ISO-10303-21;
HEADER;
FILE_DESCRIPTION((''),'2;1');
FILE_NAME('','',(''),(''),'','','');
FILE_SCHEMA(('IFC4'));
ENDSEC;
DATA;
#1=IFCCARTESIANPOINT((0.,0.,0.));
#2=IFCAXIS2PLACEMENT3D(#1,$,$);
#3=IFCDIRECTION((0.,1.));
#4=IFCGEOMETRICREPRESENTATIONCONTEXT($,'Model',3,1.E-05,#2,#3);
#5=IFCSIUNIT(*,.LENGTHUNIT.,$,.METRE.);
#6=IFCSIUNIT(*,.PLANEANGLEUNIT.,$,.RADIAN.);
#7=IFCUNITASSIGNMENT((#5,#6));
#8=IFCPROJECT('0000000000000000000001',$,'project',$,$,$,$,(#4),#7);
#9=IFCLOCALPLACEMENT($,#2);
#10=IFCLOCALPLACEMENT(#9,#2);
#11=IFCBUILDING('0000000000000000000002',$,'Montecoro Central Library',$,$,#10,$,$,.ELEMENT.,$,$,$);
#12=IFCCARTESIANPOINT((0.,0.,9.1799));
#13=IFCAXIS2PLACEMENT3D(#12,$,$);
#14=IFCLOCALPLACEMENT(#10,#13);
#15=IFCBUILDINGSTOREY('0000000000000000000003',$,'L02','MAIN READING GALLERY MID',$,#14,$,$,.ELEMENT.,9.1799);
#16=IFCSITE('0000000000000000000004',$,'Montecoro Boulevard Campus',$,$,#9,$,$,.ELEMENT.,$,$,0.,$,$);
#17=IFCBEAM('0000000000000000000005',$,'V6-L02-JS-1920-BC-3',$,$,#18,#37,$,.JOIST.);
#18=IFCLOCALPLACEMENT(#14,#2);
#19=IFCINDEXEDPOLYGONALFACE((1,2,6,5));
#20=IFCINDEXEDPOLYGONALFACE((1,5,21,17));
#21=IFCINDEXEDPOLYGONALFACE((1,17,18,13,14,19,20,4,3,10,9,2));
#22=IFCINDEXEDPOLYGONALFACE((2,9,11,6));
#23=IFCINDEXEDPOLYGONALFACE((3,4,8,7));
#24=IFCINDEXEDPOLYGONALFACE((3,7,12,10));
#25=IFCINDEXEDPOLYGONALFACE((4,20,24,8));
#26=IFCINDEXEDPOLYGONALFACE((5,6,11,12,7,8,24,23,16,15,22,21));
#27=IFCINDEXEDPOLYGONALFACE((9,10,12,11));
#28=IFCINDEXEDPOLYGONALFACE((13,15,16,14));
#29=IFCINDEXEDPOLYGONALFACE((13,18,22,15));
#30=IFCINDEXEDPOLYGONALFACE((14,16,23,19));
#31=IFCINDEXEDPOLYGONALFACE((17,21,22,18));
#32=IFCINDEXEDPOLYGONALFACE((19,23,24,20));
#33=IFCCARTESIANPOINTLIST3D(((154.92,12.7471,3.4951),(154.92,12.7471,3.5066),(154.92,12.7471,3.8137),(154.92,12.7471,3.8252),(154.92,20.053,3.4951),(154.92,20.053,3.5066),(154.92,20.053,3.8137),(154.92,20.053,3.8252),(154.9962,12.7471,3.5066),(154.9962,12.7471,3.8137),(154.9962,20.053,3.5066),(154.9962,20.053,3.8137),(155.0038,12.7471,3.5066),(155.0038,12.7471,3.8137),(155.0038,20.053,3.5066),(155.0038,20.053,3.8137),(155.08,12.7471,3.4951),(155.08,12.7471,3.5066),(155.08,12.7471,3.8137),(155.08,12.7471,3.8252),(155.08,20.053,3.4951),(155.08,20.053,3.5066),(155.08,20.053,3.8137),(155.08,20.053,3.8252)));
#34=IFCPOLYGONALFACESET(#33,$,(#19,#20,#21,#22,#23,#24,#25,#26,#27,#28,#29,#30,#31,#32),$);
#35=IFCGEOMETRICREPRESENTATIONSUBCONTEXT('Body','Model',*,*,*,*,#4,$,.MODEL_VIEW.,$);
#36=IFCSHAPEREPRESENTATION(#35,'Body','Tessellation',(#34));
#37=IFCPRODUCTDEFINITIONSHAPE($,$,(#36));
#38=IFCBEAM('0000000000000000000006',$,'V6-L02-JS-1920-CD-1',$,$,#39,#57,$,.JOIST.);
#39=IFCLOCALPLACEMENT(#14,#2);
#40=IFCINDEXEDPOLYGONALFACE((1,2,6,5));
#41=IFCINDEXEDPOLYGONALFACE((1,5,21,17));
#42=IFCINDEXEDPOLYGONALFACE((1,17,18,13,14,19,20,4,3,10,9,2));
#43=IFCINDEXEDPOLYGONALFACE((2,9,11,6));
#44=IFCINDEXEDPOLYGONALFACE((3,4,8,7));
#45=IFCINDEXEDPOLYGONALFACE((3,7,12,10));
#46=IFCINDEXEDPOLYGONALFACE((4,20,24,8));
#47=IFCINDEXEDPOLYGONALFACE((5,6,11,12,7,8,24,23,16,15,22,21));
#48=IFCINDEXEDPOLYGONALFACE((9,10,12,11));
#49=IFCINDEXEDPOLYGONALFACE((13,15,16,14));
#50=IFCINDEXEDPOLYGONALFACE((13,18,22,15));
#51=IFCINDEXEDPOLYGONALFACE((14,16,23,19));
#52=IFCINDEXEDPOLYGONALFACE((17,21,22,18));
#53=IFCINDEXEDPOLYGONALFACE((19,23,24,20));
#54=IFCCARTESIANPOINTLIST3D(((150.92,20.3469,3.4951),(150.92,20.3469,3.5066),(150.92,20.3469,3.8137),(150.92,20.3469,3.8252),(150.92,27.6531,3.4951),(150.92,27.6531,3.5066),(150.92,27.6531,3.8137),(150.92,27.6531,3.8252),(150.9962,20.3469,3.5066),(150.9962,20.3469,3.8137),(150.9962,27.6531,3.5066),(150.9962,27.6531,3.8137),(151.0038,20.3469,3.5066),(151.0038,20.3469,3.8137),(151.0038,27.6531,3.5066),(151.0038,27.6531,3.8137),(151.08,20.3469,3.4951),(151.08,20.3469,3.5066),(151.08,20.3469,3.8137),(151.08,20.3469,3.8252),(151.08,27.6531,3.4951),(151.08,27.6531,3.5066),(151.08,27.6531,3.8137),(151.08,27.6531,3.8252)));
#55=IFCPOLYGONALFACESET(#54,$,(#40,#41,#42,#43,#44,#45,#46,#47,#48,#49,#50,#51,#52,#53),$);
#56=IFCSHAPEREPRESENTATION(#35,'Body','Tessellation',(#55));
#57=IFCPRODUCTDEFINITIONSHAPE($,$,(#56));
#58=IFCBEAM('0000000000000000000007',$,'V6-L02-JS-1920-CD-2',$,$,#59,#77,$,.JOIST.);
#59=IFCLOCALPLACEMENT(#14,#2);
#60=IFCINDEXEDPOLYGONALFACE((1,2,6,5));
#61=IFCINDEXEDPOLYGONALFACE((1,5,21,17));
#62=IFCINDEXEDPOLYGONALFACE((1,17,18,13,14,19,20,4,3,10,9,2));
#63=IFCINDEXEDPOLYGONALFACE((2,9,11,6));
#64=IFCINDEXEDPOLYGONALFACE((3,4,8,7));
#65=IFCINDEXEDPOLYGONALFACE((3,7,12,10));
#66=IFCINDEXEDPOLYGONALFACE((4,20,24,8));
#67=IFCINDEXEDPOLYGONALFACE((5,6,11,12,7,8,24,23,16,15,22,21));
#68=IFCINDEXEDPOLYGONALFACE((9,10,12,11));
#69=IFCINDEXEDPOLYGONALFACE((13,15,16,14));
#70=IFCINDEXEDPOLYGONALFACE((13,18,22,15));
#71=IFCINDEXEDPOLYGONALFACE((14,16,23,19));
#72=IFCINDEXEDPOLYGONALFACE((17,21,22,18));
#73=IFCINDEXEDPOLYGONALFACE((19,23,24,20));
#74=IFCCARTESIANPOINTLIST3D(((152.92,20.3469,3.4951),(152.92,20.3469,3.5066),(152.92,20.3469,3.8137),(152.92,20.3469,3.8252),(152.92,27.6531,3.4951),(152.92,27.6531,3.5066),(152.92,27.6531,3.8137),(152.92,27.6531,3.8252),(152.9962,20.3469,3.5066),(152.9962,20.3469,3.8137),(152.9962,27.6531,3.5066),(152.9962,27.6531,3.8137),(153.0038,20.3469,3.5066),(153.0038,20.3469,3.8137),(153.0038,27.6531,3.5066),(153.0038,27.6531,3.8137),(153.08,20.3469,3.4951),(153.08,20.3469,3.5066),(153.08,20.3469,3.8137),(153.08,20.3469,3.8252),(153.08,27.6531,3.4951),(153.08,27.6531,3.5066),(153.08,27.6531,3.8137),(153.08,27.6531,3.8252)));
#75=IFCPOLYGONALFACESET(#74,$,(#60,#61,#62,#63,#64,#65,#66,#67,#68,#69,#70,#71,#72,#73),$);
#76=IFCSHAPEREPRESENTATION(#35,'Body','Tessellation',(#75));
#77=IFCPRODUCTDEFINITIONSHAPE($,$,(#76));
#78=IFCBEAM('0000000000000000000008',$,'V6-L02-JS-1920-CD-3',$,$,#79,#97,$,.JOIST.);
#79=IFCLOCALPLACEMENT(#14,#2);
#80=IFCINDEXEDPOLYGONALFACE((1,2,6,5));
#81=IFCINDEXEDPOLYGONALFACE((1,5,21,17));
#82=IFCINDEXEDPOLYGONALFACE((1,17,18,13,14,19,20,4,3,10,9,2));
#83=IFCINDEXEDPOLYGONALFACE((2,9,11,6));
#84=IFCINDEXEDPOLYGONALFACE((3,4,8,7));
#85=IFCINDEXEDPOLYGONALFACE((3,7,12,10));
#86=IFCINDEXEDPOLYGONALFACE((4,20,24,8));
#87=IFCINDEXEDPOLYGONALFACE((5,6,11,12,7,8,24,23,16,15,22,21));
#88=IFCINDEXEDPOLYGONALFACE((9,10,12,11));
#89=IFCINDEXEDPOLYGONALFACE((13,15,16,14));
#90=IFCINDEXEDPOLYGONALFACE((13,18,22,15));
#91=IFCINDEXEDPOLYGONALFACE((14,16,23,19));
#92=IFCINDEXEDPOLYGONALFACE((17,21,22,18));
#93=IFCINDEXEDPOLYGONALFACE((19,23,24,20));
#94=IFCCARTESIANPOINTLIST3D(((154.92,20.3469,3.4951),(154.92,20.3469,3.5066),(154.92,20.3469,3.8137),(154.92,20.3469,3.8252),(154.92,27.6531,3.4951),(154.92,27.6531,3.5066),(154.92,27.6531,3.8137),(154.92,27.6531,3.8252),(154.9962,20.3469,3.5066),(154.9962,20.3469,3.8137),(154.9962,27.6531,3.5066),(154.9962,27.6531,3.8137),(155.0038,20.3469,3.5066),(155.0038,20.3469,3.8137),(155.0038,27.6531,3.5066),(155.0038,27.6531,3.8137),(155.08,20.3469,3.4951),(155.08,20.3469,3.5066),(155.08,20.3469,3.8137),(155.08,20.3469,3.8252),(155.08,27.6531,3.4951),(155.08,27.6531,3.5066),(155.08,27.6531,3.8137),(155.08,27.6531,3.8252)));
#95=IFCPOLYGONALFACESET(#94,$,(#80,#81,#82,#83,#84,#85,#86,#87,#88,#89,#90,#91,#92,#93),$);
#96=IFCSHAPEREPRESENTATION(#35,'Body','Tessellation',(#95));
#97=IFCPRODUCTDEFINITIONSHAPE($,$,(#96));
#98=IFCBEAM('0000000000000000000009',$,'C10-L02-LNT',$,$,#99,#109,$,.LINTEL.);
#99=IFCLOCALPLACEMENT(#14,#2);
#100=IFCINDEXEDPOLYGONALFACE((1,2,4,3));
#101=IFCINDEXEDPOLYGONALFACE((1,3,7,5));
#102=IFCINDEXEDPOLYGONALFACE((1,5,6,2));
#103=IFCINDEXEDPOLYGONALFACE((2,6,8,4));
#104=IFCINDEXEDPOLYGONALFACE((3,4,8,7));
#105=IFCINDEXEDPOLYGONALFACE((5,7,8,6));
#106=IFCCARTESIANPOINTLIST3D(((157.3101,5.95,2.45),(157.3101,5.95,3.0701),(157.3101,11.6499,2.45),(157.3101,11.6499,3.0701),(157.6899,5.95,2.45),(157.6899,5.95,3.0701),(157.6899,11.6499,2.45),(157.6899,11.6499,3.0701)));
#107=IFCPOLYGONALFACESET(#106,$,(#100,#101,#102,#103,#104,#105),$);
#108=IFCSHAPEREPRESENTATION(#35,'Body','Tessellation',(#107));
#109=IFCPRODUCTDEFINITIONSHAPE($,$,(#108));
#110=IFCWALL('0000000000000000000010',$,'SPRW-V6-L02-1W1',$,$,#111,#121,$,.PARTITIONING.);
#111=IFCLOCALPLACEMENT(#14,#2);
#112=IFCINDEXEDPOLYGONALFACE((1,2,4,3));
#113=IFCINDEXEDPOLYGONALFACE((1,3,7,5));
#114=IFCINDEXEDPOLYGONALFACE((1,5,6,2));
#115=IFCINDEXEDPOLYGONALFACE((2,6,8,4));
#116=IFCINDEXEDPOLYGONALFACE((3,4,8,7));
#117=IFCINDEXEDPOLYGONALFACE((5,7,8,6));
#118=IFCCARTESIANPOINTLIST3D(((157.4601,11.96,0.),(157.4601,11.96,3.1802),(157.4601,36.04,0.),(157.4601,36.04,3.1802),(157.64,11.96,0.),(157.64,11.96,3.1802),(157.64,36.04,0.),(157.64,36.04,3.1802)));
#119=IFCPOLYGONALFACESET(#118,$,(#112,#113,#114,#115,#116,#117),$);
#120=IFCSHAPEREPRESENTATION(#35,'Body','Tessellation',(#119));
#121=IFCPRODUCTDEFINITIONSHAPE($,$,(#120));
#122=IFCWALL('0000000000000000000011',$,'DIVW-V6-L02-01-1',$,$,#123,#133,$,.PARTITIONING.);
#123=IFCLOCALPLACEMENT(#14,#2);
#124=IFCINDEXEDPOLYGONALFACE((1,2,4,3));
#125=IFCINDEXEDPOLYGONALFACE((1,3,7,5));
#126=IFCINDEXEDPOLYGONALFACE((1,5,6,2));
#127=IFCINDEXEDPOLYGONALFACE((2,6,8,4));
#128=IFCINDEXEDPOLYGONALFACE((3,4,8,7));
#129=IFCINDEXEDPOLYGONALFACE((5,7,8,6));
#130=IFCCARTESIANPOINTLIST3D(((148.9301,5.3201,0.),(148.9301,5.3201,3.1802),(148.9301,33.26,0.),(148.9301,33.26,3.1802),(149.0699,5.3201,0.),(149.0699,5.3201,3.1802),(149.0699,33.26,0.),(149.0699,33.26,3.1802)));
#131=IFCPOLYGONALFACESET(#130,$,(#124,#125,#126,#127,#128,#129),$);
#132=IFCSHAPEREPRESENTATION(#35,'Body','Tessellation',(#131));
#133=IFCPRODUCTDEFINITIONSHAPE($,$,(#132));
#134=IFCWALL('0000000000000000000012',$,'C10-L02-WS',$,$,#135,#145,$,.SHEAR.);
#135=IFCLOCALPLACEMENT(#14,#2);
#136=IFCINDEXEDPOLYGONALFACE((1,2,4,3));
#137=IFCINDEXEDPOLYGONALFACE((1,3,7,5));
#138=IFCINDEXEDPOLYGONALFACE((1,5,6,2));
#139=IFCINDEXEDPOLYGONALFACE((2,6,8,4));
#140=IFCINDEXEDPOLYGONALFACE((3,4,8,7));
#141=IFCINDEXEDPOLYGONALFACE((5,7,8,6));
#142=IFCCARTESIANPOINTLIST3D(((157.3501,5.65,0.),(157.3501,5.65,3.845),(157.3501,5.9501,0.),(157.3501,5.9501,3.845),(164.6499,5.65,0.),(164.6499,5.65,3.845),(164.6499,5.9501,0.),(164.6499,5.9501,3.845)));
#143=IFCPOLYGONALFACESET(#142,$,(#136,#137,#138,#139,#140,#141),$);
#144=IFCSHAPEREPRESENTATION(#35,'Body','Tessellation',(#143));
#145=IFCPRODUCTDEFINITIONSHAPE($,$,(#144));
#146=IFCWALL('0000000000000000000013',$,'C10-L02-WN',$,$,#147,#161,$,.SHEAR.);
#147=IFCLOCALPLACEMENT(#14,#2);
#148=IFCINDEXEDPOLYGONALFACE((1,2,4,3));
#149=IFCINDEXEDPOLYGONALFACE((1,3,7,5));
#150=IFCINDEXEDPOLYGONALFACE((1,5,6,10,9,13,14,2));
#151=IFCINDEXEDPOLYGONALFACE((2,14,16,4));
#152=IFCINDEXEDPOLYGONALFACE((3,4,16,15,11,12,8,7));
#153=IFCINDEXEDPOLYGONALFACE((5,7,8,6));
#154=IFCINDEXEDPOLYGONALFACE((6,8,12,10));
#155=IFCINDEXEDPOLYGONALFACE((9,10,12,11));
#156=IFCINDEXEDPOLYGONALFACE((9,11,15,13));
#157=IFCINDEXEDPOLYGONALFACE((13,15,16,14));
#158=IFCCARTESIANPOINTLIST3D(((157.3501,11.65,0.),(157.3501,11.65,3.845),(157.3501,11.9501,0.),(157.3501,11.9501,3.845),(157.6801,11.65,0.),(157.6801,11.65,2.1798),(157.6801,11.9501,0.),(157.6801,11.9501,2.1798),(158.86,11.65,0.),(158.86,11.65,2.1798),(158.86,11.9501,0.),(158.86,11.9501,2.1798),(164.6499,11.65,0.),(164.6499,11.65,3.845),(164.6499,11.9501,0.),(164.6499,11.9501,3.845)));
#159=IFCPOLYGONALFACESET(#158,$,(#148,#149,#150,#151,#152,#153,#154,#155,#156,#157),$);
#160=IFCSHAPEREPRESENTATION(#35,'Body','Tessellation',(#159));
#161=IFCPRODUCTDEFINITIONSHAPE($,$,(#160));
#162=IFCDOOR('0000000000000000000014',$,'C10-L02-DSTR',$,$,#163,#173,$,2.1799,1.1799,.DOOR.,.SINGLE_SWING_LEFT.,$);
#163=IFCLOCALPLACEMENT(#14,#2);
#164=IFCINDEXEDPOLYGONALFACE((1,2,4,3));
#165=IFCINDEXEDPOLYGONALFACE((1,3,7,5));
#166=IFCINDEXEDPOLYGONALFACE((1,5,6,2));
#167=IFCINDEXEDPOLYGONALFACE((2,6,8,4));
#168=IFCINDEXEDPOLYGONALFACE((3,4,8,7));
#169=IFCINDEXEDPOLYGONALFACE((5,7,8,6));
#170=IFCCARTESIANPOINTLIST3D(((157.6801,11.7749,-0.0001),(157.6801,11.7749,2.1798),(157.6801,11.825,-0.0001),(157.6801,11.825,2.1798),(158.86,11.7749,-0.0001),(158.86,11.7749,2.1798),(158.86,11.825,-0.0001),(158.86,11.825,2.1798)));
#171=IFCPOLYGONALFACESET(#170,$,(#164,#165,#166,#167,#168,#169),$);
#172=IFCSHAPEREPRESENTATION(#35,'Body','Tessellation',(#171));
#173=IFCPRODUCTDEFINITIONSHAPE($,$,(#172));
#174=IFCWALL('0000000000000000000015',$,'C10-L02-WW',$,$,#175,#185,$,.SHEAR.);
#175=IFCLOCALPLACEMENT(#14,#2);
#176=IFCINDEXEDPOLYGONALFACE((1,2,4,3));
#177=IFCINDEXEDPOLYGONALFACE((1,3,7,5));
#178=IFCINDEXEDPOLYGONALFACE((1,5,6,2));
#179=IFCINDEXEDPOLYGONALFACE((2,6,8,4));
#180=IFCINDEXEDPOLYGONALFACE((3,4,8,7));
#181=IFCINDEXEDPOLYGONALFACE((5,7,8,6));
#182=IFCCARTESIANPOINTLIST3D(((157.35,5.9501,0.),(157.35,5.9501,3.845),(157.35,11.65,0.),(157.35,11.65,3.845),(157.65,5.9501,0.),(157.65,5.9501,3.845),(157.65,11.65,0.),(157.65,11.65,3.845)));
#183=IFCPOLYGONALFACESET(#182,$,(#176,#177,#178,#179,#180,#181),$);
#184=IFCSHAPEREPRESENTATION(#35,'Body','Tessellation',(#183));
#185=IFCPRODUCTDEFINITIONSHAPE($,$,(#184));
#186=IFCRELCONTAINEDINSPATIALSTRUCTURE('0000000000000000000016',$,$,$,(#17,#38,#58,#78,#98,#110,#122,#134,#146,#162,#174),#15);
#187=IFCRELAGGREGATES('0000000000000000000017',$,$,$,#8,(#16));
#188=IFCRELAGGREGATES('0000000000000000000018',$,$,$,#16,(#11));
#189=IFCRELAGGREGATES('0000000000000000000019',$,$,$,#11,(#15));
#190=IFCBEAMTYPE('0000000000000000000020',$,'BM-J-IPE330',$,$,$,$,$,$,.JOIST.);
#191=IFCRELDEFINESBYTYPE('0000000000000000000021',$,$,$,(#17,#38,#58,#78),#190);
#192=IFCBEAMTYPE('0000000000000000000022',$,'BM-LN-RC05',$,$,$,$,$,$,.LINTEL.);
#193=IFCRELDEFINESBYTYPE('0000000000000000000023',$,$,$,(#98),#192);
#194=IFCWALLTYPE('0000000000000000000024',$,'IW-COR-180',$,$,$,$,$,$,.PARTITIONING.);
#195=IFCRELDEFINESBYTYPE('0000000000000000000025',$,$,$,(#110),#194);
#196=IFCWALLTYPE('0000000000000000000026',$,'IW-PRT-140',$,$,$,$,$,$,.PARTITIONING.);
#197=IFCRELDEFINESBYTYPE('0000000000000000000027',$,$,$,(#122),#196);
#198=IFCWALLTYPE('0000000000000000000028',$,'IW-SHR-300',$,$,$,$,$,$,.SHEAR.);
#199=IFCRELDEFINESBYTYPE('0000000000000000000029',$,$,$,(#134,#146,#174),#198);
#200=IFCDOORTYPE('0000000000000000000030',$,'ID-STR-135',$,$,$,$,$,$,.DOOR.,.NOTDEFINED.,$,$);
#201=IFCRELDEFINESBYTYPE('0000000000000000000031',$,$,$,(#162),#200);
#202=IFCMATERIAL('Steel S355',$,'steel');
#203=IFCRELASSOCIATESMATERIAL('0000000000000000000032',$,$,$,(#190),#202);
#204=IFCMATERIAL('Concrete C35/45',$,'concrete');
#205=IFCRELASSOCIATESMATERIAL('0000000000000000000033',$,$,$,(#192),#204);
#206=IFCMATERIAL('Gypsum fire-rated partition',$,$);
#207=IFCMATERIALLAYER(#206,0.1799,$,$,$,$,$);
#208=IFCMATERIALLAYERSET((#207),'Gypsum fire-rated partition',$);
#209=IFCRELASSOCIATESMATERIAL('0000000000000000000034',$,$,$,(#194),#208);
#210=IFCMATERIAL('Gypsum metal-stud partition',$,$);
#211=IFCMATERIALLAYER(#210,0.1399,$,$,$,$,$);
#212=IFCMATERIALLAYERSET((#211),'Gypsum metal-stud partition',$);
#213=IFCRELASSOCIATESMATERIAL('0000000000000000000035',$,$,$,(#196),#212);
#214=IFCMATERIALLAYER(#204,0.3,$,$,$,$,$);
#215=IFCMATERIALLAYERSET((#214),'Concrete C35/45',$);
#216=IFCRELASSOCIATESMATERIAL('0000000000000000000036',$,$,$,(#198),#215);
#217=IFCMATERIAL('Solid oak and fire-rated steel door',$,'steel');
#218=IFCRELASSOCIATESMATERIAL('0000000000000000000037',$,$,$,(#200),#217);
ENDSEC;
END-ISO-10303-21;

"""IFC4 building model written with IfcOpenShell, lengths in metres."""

from ifc_helpers import new_model, si_unit, direction, frame, frame_2d, origin, origin_2d, place, context, subcontext, project, spatial, rectangle, i_section, extrude, material, layer, layer_set, material_profile, profile_set, type_object, element, fill, save


model = new_model("IFC4")

# Units and contexts
model_context = context("Model", 3, precision=1e-05, world=origin(), true_north=direction((0.0, 1.0)))
body_context = subcontext(model_context, "Body", "Model", "MODEL_VIEW")
ifc_project = project(units=[si_unit("LENGTHUNIT", "METRE"), si_unit("PLANEANGLEUNIT", "RADIAN")], contexts=[model_context])

# Site, building, storey
site_placement = place(None, origin())
site = spatial("IfcSite", under=ifc_project, at=site_placement, Name="Montecoro Boulevard Campus", CompositionType="ELEMENT", RefElevation=0.0)
building_placement = place(site_placement, origin())
building = spatial("IfcBuilding", under=site, at=building_placement, Name="Montecoro Central Library", CompositionType="ELEMENT")
storey_placement = place(building_placement, frame((0.0, 0.0, 9.1799)))
storey = spatial("IfcBuildingStorey", under=building, at=storey_placement, Name="L02", Description="MAIN READING GALLERY MID", CompositionType="ELEMENT", Elevation=9.1799)

# Shared definitions
ifc_material_1 = material(Name="Steel S355", Category="steel")

# Beams
ifc_material_profile_1 = material_profile(ifc_material_1, i_section(OverallWidth=0.1599, OverallDepth=0.3301, WebThickness=0.0076, FlangeThickness=0.0115, at=origin_2d()), Name="IPE 330")
ifc_profile_set_1 = profile_set([ifc_material_profile_1], Name="Steel S355")
beam_type_1 = type_object("IfcBeamType", Name="BM-J-IPE330", PredefinedType="JOIST", material=ifc_profile_set_1)
for number, where, z_axis, x_axis, name in (
    (1, (155.0, 12.7471, 3.6602), (0.0, 1.0, 0.0), (-1.0, 0.0, 0.0), "V6-L02-JS-1920-BC-3"),
):
    element("IfcBeam", number, at=place(storey_placement, frame(where, z_axis=z_axis, x_axis=x_axis)), inside=storey, type_object=beam_type_1, Name=name, PredefinedType="JOIST", context=body_context, shape_type="SweptSolid", body=[
        extrude(i_section(OverallWidth=0.1599, OverallDepth=0.3301, WebThickness=0.0076, FlangeThickness=0.0115, at=origin_2d()), origin(), (0.0, 0.0, 1.0), 7.3059),
    ])
for number, where, z_axis, x_axis, name in (
    (2, (151.0, 20.3469, 3.6602), (0.0, 1.0, 0.0), (-1.0, 0.0, 0.0), "V6-L02-JS-1920-CD-1"),
    (3, (153.0, 20.3469, 3.6602), (0.0, 1.0, 0.0), (-1.0, 0.0, 0.0), "V6-L02-JS-1920-CD-2"),
    (4, (155.0, 20.3469, 3.6602), (0.0, 1.0, 0.0), (-1.0, 0.0, 0.0), "V6-L02-JS-1920-CD-3"),
):
    element("IfcBeam", number, at=place(storey_placement, frame(where, z_axis=z_axis, x_axis=x_axis)), inside=storey, type_object=beam_type_1, Name=name, PredefinedType="JOIST", context=body_context, shape_type="SweptSolid", body=[
        extrude(i_section(OverallWidth=0.1599, OverallDepth=0.3301, WebThickness=0.0076, FlangeThickness=0.0115, at=origin_2d()), origin(), (0.0, 0.0, 1.0), 7.3062),
    ])
ifc_material_2 = material(Name="Concrete C35/45", Category="concrete")
ifc_material_profile_2 = material_profile(ifc_material_2, rectangle(XDim=0.3799, YDim=0.6201, at=origin_2d()), Name="RC LNT 620x380")
ifc_profile_set_2 = profile_set([ifc_material_profile_2], Name="Concrete C35/45")
beam_type_2 = type_object("IfcBeamType", Name="BM-LN-RC05", PredefinedType="LINTEL", material=ifc_profile_set_2)
beam_1_placement = place(storey_placement, frame((157.5, 5.95, 2.76), z_axis=(0.0, 1.0, 0.0), x_axis=(-1.0, 0.0, 0.0)))
element("IfcBeam", 5, at=beam_1_placement, inside=storey, type_object=beam_type_2, Name="C10-L02-LNT", PredefinedType="LINTEL", context=body_context, shape_type="SweptSolid", body=[
    extrude(rectangle(XDim=0.3799, YDim=0.6201, at=origin_2d()), origin(), (0.0, 0.0, 1.0), 5.7),
])

# Walls
ifc_material_3 = material(Name="Gypsum fire-rated partition")
ifc_layer_1 = layer(ifc_material_3, 0.1799)
ifc_layer_set_1 = layer_set([ifc_layer_1], Name="Gypsum fire-rated partition")
wall_type_1 = type_object("IfcWallType", Name="IW-COR-180", PredefinedType="PARTITIONING", material=ifc_layer_set_1)
wall_1_placement = place(storey_placement, frame((157.55, 11.96, 0.0), z_axis=(0.0, 0.0, 1.0), x_axis=(0.0, 1.0, 0.0)))
element("IfcWall", 6, at=wall_1_placement, inside=storey, type_object=wall_type_1, Name="SPRW-V6-L02-1W1", PredefinedType="PARTITIONING", context=body_context, shape_type="SweptSolid", body=[
    extrude(rectangle(XDim=24.0801, YDim=0.1799, at=frame_2d((12.04, 0.0))), origin(), (0.0, 0.0, 1.0), 3.1802),
])
ifc_material_4 = material(Name="Gypsum metal-stud partition")
ifc_layer_2 = layer(ifc_material_4, 0.1399)
ifc_layer_set_2 = layer_set([ifc_layer_2], Name="Gypsum metal-stud partition")
wall_type_2 = type_object("IfcWallType", Name="IW-PRT-140", PredefinedType="PARTITIONING", material=ifc_layer_set_2)
wall_2_placement = place(storey_placement, frame((149.0, 5.3201, 0.0), z_axis=(0.0, 0.0, 1.0), x_axis=(0.0, 1.0, 0.0)))
element("IfcWall", 7, at=wall_2_placement, inside=storey, type_object=wall_type_2, Name="DIVW-V6-L02-01-1", PredefinedType="PARTITIONING", context=body_context, shape_type="SweptSolid", body=[
    extrude(rectangle(XDim=27.9399, YDim=0.1399, at=frame_2d((13.97, 0.0))), origin(), (0.0, 0.0, 1.0), 3.1802),
])
ifc_layer_3 = layer(ifc_material_2, 0.3)
ifc_layer_set_3 = layer_set([ifc_layer_3], Name="Concrete C35/45")
wall_type_3 = type_object("IfcWallType", Name="IW-SHR-300", PredefinedType="SHEAR", material=ifc_layer_set_3)
wall_3_placement = place(storey_placement, frame((157.3501, 5.8, 0.0), z_axis=(0.0, 0.0, 1.0), x_axis=(1.0, 0.0, 0.0)))
element("IfcWall", 8, at=wall_3_placement, inside=storey, type_object=wall_type_3, Name="C10-L02-WS", PredefinedType="SHEAR", context=body_context, shape_type="SweptSolid", body=[
    extrude(rectangle(XDim=7.2998, YDim=0.3, at=frame_2d((3.6499, 0.0))), origin(), (0.0, 0.0, 1.0), 3.845),
])

# Wall, opening, door
wall_4_placement = place(storey_placement, frame((157.3501, 11.8, 0.0), z_axis=(0.0, 0.0, 1.0), x_axis=(1.0, 0.0, 0.0)))
wall_4 = element("IfcWall", 9, at=wall_4_placement, inside=storey, type_object=wall_type_3, Name="C10-L02-WN", PredefinedType="SHEAR", context=body_context, shape_type="SweptSolid", body=[
    extrude(rectangle(XDim=7.2998, YDim=0.3, at=frame_2d((3.6499, 0.0))), origin(), (0.0, 0.0, 1.0), 3.845),
])
opening_placement = place(wall_4_placement, frame((0.3301, 0.0, 0.0)))
opening = element("IfcOpeningElement", 10, at=opening_placement, cuts=wall_4, PredefinedType="OPENING", context=body_context, shape_type="SweptSolid", body=[
    extrude(rectangle(XDim=1.1799, YDim=2.1799, at=frame_2d((0.5898, 1.0898))), frame((0.0, 0.1599, 0.0), z_axis=(0.0, -1.0, 0.0), x_axis=(1.0, 0.0, 0.0)), (0.0, 0.0, 1.0), 0.3201),
])
ifc_material_5 = material(Name="Solid oak and fire-rated steel door", Category="steel")
door_type = type_object("IfcDoorType", Name="ID-STR-135", OperationType="NOTDEFINED", PredefinedType="DOOR", material=ifc_material_5)
door_placement = place(opening_placement, origin())
door = element("IfcDoor", 11, at=door_placement, inside=storey, type_object=door_type, Name="C10-L02-DSTR", OperationType="SINGLE_SWING_LEFT", OverallHeight=2.1799, OverallWidth=1.1799, PredefinedType="DOOR", context=body_context, shape_type="SweptSolid", body=[
    extrude(rectangle(XDim=1.1799, YDim=2.1799, at=frame_2d((0.5898, 1.0898))), frame((0.0, 0.0249, 0.0), z_axis=(0.0, -1.0, 0.0), x_axis=(1.0, 0.0, 0.0)), (0.0, 0.0, 1.0), 0.05),
])
fill(opening, door)

# Wall
wall_5_placement = place(storey_placement, frame((157.5, 5.95, 0.0), z_axis=(0.0, 0.0, 1.0), x_axis=(0.0, 1.0, 0.0)))
element("IfcWall", 12, at=wall_5_placement, inside=storey, type_object=wall_type_3, Name="C10-L02-WW", PredefinedType="SHEAR", context=body_context, shape_type="SweptSolid", body=[
    extrude(rectangle(XDim=5.7, YDim=0.3, at=frame_2d((2.8501, 0.0))), origin(), (0.0, 0.0, 1.0), 3.845),
])

save(model, "model.ifc")
